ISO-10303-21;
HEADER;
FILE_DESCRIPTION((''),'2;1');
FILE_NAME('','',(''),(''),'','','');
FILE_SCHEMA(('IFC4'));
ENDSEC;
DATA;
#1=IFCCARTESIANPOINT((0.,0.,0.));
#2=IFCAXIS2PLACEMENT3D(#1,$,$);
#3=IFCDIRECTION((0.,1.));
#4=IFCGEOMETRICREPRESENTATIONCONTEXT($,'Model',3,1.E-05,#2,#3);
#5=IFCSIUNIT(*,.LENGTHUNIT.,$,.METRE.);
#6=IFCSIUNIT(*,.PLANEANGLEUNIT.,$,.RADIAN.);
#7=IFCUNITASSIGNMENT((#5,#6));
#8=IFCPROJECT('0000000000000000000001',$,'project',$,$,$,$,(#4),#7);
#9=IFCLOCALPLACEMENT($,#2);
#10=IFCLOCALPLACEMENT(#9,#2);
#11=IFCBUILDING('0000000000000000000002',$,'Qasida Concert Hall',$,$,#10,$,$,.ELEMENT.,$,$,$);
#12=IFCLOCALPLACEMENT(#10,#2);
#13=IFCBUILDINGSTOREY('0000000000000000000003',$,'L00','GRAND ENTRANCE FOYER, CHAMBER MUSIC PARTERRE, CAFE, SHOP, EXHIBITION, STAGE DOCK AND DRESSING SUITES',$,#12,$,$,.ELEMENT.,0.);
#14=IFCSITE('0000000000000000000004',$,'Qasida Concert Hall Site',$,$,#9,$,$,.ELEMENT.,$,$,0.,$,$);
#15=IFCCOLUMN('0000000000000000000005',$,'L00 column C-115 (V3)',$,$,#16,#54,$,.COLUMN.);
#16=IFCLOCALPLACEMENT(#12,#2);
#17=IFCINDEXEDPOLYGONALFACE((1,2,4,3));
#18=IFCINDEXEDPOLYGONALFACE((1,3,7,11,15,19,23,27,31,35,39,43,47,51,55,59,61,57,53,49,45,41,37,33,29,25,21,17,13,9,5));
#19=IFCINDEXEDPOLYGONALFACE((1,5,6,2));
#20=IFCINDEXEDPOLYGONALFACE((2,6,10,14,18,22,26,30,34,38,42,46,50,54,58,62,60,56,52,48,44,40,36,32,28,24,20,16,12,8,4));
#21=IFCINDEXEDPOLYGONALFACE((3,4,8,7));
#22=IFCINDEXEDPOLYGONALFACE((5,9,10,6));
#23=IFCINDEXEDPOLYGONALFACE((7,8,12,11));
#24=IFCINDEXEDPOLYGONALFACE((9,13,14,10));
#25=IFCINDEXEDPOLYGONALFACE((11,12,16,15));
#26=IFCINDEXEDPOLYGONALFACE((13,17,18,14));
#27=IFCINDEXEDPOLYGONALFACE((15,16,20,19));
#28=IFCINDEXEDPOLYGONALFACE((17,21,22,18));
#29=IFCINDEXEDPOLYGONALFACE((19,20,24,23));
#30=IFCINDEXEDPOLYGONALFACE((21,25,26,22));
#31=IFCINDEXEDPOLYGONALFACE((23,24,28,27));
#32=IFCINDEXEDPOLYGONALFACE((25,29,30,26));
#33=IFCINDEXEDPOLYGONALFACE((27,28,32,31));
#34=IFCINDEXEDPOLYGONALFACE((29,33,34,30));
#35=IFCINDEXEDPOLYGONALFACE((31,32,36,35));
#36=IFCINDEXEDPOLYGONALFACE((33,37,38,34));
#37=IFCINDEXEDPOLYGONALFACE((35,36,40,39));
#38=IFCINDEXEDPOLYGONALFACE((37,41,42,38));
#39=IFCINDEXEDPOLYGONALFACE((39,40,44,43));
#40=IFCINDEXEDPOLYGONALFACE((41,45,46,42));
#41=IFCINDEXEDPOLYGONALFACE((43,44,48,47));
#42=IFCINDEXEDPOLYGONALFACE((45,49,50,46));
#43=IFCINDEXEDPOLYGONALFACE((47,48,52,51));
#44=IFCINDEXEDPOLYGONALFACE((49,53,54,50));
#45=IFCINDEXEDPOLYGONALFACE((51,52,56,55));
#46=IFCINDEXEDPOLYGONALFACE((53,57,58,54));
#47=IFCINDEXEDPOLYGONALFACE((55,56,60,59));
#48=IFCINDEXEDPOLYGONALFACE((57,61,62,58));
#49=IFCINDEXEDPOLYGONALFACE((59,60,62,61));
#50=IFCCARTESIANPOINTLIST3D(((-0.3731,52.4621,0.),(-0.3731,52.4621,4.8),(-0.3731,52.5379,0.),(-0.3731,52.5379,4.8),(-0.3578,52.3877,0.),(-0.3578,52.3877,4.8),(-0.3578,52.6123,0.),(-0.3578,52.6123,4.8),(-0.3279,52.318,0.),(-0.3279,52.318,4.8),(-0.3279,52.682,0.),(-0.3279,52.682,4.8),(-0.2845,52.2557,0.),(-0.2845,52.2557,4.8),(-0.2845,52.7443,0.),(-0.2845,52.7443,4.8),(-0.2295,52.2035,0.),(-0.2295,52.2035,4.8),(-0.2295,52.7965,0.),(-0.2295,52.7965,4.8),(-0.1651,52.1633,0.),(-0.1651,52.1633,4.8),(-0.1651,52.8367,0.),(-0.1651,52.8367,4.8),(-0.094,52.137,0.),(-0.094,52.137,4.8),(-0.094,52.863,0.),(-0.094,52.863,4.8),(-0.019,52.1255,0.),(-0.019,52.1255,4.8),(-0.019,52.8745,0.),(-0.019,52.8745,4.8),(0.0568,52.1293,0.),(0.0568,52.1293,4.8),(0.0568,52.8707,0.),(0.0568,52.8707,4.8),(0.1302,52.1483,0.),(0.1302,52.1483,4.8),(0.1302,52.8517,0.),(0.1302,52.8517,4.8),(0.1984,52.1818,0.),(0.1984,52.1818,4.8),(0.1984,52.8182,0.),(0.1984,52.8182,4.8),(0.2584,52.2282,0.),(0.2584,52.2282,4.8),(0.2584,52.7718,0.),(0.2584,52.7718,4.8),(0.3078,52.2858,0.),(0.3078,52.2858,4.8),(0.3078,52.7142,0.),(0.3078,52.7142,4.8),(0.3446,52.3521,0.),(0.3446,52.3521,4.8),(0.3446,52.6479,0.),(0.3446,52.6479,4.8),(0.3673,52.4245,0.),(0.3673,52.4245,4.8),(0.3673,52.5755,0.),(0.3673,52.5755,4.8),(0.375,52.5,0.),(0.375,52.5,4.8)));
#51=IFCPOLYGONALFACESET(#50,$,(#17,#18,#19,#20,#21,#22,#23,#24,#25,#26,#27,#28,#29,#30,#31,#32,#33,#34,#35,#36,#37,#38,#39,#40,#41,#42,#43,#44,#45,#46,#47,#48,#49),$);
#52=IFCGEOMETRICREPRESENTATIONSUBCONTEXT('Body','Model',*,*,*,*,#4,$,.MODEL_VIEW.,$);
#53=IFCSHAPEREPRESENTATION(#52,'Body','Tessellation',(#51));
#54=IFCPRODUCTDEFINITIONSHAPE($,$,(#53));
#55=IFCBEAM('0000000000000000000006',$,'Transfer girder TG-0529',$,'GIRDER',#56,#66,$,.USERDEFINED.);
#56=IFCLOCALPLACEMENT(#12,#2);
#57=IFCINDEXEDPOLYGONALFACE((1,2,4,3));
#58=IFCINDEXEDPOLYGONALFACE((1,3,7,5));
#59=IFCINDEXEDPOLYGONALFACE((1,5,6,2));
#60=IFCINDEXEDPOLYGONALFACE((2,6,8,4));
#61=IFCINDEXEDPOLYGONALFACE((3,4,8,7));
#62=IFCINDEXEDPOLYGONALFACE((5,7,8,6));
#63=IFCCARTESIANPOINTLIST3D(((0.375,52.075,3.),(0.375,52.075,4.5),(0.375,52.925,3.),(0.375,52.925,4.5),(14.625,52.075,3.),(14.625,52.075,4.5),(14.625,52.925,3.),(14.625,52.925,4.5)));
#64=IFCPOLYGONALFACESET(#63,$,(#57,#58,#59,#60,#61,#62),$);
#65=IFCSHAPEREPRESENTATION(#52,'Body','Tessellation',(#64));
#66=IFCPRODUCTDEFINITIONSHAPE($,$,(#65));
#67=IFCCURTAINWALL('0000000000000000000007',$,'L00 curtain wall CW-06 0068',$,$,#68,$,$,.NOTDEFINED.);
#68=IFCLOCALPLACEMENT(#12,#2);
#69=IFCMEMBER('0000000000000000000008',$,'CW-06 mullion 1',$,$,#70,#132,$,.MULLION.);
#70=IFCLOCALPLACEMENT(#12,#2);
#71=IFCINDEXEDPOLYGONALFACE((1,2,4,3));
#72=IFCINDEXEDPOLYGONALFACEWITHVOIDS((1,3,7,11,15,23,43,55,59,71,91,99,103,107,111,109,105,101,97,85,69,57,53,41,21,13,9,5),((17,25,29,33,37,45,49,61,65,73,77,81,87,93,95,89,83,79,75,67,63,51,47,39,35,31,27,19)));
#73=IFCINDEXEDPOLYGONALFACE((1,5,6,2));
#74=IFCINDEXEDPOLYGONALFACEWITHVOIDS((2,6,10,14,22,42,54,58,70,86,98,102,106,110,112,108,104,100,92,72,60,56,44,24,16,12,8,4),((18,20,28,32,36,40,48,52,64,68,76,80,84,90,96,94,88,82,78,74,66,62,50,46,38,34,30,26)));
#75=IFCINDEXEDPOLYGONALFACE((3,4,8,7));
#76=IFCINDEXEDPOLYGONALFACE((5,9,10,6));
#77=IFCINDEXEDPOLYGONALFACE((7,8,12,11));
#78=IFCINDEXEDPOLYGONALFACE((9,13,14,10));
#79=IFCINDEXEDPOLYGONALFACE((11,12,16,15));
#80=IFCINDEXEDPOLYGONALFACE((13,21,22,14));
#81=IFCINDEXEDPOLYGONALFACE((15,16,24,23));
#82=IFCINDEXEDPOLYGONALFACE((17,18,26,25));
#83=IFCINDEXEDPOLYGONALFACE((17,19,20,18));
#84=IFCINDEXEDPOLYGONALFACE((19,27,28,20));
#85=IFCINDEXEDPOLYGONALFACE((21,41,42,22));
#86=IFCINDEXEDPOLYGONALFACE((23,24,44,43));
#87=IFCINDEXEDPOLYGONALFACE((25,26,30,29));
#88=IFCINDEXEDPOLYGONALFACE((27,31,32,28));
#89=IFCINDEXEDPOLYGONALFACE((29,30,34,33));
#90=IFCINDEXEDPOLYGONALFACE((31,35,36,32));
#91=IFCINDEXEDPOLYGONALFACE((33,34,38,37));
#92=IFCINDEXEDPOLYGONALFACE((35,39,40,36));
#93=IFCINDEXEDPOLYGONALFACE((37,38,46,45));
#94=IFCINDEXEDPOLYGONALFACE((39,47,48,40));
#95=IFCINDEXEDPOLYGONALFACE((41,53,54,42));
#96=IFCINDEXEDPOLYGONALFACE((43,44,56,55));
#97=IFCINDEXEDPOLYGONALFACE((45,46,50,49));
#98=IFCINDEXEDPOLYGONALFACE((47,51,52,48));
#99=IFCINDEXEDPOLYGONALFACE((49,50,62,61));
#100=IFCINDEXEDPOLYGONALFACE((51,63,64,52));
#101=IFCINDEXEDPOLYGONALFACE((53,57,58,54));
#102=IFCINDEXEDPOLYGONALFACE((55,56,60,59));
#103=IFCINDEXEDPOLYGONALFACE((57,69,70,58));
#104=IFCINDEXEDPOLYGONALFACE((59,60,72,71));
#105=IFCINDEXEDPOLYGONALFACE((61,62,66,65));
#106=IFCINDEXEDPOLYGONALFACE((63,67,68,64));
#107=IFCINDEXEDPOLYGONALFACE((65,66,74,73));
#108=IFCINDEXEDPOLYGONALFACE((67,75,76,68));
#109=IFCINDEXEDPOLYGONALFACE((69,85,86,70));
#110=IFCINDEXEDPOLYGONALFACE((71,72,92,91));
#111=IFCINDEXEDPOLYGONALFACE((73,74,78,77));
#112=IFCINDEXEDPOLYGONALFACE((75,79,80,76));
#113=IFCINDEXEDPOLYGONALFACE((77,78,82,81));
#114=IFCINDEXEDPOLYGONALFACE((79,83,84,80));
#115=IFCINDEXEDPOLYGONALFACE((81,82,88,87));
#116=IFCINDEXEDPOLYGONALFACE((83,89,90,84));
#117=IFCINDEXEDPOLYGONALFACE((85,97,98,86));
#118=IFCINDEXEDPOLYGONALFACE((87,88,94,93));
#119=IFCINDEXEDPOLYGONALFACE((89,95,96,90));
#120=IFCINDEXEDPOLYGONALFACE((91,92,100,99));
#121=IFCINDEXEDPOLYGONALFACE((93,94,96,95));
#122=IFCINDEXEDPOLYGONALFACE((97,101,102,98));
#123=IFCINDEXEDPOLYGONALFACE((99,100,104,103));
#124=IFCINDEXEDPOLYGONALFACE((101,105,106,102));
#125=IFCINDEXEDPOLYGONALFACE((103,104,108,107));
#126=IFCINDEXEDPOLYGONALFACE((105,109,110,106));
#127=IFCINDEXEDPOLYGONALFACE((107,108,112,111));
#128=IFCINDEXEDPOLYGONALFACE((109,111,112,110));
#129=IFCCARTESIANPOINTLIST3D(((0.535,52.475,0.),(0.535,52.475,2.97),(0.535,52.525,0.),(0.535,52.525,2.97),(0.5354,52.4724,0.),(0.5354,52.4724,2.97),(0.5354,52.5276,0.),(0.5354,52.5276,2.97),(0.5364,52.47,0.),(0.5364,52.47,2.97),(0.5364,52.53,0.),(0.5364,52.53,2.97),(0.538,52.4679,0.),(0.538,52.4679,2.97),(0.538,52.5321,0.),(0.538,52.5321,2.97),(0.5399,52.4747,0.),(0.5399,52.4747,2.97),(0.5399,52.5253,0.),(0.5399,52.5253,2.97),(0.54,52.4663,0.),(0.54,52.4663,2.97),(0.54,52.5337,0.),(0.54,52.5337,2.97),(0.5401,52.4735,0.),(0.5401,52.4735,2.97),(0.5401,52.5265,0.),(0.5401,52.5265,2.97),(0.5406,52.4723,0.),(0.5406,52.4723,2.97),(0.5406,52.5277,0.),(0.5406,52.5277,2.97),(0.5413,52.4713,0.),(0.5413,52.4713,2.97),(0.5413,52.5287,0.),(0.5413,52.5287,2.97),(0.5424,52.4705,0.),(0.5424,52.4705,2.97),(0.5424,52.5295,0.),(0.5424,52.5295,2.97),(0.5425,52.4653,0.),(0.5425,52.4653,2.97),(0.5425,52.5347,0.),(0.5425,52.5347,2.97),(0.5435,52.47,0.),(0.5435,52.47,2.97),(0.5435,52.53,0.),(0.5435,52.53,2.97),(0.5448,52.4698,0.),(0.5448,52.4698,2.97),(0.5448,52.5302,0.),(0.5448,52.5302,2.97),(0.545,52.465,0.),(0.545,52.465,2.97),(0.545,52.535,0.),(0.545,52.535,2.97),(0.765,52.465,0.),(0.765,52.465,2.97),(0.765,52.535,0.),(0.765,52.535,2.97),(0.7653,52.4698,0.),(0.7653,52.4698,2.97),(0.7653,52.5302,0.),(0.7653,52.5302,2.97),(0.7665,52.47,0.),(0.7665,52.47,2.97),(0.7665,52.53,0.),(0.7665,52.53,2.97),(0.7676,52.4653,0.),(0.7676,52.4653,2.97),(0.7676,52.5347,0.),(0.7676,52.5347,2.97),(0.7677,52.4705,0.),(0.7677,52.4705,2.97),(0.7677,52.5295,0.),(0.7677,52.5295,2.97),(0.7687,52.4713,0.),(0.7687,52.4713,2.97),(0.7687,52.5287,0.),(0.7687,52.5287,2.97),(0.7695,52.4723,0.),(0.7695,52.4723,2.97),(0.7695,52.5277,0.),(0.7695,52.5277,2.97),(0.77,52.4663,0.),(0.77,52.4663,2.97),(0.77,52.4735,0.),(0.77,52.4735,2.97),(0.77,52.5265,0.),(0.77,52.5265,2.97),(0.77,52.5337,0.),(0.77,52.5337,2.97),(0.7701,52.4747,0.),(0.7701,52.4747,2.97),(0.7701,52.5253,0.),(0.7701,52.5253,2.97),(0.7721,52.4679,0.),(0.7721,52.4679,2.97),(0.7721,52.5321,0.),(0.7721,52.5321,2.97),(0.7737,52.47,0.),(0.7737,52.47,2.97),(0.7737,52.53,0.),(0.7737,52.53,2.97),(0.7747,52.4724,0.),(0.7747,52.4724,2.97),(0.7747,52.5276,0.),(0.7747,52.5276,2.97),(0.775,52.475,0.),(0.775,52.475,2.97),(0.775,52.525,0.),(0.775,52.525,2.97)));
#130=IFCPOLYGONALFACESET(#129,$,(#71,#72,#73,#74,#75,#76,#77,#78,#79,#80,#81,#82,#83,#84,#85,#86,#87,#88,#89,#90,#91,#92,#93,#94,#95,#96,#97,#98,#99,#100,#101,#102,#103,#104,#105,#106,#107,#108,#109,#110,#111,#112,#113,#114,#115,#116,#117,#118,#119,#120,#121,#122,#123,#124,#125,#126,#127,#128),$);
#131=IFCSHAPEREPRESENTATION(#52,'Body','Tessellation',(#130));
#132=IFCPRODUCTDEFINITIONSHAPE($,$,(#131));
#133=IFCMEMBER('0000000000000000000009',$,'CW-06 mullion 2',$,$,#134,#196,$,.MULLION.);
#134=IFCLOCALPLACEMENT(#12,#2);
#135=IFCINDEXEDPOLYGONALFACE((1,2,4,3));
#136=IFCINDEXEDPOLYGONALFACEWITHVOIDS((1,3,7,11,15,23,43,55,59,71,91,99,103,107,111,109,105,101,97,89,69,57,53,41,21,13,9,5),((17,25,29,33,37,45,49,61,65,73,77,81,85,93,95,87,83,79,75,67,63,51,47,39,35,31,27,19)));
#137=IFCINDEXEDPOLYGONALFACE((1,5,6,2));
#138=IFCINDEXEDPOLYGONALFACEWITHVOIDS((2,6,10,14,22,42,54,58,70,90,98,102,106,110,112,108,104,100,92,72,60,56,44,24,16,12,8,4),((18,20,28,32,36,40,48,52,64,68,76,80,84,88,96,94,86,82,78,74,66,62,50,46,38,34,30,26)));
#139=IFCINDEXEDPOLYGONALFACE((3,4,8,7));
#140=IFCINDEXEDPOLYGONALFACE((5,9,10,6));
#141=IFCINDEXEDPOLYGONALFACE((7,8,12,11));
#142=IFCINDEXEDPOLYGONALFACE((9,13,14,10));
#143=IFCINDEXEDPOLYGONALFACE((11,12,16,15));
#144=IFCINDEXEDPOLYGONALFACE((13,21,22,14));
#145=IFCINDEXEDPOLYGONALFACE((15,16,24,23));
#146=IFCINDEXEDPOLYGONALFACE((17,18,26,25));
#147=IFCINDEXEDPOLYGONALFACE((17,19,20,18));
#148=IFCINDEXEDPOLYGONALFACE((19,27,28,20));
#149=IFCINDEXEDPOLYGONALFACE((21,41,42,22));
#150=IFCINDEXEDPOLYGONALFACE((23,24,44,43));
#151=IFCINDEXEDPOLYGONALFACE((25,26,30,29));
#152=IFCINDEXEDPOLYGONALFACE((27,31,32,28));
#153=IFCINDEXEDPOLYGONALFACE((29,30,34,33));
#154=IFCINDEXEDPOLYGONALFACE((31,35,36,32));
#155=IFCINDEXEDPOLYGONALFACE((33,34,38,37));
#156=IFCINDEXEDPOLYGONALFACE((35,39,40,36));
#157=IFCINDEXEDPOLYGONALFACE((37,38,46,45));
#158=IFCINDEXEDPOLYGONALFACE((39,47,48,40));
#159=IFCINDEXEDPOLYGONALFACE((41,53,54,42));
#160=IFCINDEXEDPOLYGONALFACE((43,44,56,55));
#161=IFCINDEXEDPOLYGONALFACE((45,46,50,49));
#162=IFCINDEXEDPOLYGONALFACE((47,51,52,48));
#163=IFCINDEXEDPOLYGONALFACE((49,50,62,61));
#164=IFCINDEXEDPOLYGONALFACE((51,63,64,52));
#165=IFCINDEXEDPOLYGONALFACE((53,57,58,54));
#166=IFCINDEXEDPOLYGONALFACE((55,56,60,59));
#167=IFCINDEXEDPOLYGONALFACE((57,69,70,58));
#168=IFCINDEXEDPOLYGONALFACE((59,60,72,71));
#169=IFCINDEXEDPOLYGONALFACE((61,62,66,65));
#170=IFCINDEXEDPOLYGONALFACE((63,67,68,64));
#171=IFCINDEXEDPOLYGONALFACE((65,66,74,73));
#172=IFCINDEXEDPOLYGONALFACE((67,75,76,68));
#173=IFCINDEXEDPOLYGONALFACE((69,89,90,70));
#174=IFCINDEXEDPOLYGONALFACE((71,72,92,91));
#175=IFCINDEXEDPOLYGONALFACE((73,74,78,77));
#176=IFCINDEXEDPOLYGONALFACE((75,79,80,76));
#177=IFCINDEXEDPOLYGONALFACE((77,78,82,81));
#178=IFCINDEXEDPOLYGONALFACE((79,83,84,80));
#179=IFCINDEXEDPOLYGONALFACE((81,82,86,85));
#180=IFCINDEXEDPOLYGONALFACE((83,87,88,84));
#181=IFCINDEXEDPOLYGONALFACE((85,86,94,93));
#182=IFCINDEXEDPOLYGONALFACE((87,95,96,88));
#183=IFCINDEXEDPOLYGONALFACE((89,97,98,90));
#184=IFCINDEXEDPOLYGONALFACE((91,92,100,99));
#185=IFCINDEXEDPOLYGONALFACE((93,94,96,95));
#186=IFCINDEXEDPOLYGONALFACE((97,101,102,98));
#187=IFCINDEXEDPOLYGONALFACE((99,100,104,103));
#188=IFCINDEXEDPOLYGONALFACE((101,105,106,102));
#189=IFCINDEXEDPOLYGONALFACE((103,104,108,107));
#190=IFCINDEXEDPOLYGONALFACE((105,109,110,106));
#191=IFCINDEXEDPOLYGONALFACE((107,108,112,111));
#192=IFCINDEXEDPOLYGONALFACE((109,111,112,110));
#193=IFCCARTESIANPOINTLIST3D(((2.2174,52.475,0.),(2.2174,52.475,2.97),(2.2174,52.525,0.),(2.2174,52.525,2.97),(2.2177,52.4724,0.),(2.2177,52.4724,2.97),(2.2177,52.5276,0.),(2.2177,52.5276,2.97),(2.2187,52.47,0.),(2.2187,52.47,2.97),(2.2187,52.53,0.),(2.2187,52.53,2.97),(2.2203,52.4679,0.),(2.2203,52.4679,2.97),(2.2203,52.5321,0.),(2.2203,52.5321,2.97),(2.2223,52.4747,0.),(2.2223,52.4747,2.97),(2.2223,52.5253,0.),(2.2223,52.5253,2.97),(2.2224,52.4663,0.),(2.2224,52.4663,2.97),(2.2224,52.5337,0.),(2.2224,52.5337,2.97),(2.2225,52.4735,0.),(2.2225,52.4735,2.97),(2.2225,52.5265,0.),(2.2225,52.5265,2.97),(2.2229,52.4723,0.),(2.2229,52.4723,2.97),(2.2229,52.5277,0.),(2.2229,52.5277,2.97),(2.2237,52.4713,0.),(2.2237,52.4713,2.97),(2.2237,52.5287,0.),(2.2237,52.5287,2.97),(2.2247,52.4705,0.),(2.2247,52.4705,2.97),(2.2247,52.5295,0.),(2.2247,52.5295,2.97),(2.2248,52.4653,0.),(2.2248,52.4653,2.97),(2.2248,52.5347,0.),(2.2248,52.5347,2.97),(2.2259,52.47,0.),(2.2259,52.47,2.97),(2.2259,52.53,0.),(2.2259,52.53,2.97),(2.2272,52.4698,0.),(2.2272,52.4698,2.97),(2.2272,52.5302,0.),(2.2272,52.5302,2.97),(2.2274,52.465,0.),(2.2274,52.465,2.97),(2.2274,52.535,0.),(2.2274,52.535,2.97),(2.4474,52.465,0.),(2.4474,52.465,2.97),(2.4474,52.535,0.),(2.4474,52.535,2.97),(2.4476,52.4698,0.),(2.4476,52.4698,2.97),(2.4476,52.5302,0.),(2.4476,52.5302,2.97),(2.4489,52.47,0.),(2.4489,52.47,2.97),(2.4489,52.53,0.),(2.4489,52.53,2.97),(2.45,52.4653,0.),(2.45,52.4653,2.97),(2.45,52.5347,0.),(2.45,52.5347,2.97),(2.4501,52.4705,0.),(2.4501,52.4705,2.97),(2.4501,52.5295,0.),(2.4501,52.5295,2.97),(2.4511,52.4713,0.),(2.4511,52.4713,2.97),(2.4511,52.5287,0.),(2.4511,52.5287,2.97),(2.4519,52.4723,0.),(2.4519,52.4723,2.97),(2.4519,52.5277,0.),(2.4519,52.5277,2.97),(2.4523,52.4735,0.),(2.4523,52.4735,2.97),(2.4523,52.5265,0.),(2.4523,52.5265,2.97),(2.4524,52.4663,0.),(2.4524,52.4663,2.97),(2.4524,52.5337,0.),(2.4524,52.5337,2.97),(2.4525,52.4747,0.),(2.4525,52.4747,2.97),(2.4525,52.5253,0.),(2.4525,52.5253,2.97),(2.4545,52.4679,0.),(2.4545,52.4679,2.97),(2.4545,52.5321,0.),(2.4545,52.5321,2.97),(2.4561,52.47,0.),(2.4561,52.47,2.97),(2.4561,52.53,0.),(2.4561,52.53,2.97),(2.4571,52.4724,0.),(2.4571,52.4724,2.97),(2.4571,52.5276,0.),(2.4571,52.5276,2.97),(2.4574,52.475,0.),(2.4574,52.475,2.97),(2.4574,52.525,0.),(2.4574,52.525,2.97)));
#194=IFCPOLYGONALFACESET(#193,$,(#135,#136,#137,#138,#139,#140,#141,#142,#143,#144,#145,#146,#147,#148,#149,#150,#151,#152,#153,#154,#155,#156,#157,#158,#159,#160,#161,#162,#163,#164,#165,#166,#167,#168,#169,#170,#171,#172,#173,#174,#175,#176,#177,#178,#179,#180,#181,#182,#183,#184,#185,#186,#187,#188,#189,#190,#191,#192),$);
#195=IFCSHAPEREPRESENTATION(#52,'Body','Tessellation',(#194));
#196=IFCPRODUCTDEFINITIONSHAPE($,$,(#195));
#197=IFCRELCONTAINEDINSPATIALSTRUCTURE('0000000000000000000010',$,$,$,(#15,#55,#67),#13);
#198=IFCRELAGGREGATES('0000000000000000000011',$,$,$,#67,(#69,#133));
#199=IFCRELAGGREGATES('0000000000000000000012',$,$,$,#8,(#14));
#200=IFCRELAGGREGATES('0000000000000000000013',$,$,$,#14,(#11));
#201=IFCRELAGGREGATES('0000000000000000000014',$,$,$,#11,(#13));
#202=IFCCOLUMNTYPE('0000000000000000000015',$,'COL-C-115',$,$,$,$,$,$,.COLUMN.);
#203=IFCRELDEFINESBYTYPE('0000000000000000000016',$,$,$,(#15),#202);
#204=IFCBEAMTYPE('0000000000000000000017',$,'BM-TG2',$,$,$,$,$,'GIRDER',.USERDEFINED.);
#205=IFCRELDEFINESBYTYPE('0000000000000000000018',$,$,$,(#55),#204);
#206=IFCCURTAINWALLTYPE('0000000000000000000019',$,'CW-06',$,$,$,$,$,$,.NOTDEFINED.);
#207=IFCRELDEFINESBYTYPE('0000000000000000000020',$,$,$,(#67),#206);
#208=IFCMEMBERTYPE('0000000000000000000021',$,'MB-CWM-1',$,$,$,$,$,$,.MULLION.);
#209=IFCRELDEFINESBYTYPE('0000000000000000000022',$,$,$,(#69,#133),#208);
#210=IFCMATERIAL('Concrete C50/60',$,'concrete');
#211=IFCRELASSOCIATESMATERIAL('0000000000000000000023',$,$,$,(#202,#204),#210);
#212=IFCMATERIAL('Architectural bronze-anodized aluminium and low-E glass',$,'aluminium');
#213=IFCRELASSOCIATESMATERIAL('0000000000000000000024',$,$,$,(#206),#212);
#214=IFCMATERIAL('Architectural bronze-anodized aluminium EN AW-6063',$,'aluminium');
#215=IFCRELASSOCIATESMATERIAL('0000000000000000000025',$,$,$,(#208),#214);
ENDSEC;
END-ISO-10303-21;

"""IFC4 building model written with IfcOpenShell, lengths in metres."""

from ifc_helpers import new_model, si_unit, direction, frame, origin, origin_2d, place, context, subcontext, project, spatial, rectangle, hollow_rectangle, circle, extrude, material, material_profile, profile_set, type_object, element, aggregate, save


model = new_model("IFC4")

# Units and contexts
model_context = context("Model", 3, precision=1e-05, world=origin(), true_north=direction((0.0, 1.0)))
body_context = subcontext(model_context, "Body", "Model", "MODEL_VIEW")
ifc_project = project(units=[si_unit("LENGTHUNIT", "METRE"), si_unit("PLANEANGLEUNIT", "RADIAN")], contexts=[model_context])

# Site, building, storey
site_placement = place(None, origin())
site = spatial("IfcSite", under=ifc_project, at=site_placement, Name="Qasida Concert Hall Site", CompositionType="ELEMENT", RefElevation=0.0)
building_placement = place(site_placement, origin())
building = spatial("IfcBuilding", under=site, at=building_placement, Name="Qasida Concert Hall", CompositionType="ELEMENT")
storey_placement = place(building_placement, origin())
storey = spatial("IfcBuildingStorey", under=building, at=storey_placement, Name="L00", Description="GRAND ENTRANCE FOYER, CHAMBER MUSIC PARTERRE, CAFE, SHOP, EXHIBITION, STAGE DOCK AND DRESSING SUITES", CompositionType="ELEMENT", Elevation=0.0)

# Column
ifc_material_1 = material(Name="Concrete C50/60", Category="concrete")
ifc_material_profile_1 = material_profile(ifc_material_1, circle(Radius=0.375, at=origin_2d()), Name="RC COL D750")
ifc_profile_set_1 = profile_set([ifc_material_profile_1], Name="Concrete C50/60")
column_type = type_object("IfcColumnType", Name="COL-C-115", PredefinedType="COLUMN", material=ifc_profile_set_1)
column_placement = place(storey_placement, frame((0.0, 52.5, 0.0), z_axis=(0.0, 0.0, 1.0), x_axis=(1.0, 0.0, 0.0)))
element("IfcColumn", 1, at=column_placement, inside=storey, type_object=column_type, Name="L00 column C-115 (V3)", PredefinedType="COLUMN", context=body_context, shape_type="SweptSolid", body=[
    extrude(circle(Radius=0.375, at=origin_2d()), origin(), (0.0, 0.0, 1.0), 4.8),
])

# Beam
ifc_material_profile_2 = material_profile(ifc_material_1, rectangle(XDim=0.8501, YDim=1.5, at=origin_2d()), Name="RC 850x1500")
ifc_profile_set_2 = profile_set([ifc_material_profile_2], Name="Concrete C50/60")
beam_type = type_object("IfcBeamType", Name="BM-TG2", ElementType="GIRDER", PredefinedType="USERDEFINED", material=ifc_profile_set_2)
beam_placement = place(storey_placement, frame((0.375, 52.5, 3.75), z_axis=(1.0, 0.0, 0.0), x_axis=(0.0, 1.0, 0.0)))
element("IfcBeam", 2, at=beam_placement, inside=storey, type_object=beam_type, Name="Transfer girder TG-0529", ObjectType="GIRDER", PredefinedType="USERDEFINED", context=body_context, shape_type="SweptSolid", body=[
    extrude(rectangle(XDim=0.8501, YDim=1.5, at=origin_2d()), origin(), (0.0, 0.0, 1.0), 14.25),
])

# Curtain wall, members
ifc_material_2 = material(Name="Architectural bronze-anodized aluminium and low-E glass", Category="aluminium")
curtain_wall_type = type_object("IfcCurtainWallType", Name="CW-06", PredefinedType="NOTDEFINED", material=ifc_material_2)
curtain_wall_placement = place(storey_placement, origin())
curtain_wall = element("IfcCurtainWall", 3, at=curtain_wall_placement, inside=storey, type_object=curtain_wall_type, Name="L00 curtain wall CW-06 0068", PredefinedType="NOTDEFINED")
ifc_material_3 = material(Name="Architectural bronze-anodized aluminium EN AW-6063", Category="aluminium")
ifc_material_profile_3 = material_profile(ifc_material_3, hollow_rectangle(XDim=0.0701, YDim=0.24, WallThickness=0.0049, InnerFilletRadius=0.0049, OuterFilletRadius=0.01, at=origin_2d()), Name="CWM 240x70x5")
ifc_profile_set_3 = profile_set([ifc_material_profile_3], Name="Architectural bronze-anodized aluminium EN AW-6063")
member_type_1 = type_object("IfcMemberType", Name="MB-CWM-1", PredefinedType="MULLION", material=ifc_profile_set_3)
member_1_placement = place(storey_placement, frame((0.655, 52.5, 0.0), z_axis=(0.0, 0.0, 1.0), x_axis=(0.0, 1.0, 0.0)))
member_1 = element("IfcMember", 4, at=member_1_placement, type_object=member_type_1, Name="CW-06 mullion 1", PredefinedType="MULLION", context=body_context, shape_type="SweptSolid", body=[
    extrude(hollow_rectangle(XDim=0.0701, YDim=0.24, WallThickness=0.0049, InnerFilletRadius=0.0049, OuterFilletRadius=0.01, at=origin_2d()), origin(), (0.0, 0.0, 1.0), 2.97),
])
member_2_placement = place(storey_placement, frame((2.3374, 52.5, 0.0), z_axis=(0.0, 0.0, 1.0), x_axis=(0.0, 1.0, 0.0)))
member_2 = element("IfcMember", 5, at=member_2_placement, type_object=member_type_1, Name="CW-06 mullion 2", PredefinedType="MULLION", context=body_context, shape_type="SweptSolid", body=[
    extrude(hollow_rectangle(XDim=0.0701, YDim=0.24, WallThickness=0.0049, InnerFilletRadius=0.0049, OuterFilletRadius=0.01, at=origin_2d()), origin(), (0.0, 0.0, 1.0), 2.97),
])
aggregate(curtain_wall, [member_1, member_2])

save(model, "model.ifc")
